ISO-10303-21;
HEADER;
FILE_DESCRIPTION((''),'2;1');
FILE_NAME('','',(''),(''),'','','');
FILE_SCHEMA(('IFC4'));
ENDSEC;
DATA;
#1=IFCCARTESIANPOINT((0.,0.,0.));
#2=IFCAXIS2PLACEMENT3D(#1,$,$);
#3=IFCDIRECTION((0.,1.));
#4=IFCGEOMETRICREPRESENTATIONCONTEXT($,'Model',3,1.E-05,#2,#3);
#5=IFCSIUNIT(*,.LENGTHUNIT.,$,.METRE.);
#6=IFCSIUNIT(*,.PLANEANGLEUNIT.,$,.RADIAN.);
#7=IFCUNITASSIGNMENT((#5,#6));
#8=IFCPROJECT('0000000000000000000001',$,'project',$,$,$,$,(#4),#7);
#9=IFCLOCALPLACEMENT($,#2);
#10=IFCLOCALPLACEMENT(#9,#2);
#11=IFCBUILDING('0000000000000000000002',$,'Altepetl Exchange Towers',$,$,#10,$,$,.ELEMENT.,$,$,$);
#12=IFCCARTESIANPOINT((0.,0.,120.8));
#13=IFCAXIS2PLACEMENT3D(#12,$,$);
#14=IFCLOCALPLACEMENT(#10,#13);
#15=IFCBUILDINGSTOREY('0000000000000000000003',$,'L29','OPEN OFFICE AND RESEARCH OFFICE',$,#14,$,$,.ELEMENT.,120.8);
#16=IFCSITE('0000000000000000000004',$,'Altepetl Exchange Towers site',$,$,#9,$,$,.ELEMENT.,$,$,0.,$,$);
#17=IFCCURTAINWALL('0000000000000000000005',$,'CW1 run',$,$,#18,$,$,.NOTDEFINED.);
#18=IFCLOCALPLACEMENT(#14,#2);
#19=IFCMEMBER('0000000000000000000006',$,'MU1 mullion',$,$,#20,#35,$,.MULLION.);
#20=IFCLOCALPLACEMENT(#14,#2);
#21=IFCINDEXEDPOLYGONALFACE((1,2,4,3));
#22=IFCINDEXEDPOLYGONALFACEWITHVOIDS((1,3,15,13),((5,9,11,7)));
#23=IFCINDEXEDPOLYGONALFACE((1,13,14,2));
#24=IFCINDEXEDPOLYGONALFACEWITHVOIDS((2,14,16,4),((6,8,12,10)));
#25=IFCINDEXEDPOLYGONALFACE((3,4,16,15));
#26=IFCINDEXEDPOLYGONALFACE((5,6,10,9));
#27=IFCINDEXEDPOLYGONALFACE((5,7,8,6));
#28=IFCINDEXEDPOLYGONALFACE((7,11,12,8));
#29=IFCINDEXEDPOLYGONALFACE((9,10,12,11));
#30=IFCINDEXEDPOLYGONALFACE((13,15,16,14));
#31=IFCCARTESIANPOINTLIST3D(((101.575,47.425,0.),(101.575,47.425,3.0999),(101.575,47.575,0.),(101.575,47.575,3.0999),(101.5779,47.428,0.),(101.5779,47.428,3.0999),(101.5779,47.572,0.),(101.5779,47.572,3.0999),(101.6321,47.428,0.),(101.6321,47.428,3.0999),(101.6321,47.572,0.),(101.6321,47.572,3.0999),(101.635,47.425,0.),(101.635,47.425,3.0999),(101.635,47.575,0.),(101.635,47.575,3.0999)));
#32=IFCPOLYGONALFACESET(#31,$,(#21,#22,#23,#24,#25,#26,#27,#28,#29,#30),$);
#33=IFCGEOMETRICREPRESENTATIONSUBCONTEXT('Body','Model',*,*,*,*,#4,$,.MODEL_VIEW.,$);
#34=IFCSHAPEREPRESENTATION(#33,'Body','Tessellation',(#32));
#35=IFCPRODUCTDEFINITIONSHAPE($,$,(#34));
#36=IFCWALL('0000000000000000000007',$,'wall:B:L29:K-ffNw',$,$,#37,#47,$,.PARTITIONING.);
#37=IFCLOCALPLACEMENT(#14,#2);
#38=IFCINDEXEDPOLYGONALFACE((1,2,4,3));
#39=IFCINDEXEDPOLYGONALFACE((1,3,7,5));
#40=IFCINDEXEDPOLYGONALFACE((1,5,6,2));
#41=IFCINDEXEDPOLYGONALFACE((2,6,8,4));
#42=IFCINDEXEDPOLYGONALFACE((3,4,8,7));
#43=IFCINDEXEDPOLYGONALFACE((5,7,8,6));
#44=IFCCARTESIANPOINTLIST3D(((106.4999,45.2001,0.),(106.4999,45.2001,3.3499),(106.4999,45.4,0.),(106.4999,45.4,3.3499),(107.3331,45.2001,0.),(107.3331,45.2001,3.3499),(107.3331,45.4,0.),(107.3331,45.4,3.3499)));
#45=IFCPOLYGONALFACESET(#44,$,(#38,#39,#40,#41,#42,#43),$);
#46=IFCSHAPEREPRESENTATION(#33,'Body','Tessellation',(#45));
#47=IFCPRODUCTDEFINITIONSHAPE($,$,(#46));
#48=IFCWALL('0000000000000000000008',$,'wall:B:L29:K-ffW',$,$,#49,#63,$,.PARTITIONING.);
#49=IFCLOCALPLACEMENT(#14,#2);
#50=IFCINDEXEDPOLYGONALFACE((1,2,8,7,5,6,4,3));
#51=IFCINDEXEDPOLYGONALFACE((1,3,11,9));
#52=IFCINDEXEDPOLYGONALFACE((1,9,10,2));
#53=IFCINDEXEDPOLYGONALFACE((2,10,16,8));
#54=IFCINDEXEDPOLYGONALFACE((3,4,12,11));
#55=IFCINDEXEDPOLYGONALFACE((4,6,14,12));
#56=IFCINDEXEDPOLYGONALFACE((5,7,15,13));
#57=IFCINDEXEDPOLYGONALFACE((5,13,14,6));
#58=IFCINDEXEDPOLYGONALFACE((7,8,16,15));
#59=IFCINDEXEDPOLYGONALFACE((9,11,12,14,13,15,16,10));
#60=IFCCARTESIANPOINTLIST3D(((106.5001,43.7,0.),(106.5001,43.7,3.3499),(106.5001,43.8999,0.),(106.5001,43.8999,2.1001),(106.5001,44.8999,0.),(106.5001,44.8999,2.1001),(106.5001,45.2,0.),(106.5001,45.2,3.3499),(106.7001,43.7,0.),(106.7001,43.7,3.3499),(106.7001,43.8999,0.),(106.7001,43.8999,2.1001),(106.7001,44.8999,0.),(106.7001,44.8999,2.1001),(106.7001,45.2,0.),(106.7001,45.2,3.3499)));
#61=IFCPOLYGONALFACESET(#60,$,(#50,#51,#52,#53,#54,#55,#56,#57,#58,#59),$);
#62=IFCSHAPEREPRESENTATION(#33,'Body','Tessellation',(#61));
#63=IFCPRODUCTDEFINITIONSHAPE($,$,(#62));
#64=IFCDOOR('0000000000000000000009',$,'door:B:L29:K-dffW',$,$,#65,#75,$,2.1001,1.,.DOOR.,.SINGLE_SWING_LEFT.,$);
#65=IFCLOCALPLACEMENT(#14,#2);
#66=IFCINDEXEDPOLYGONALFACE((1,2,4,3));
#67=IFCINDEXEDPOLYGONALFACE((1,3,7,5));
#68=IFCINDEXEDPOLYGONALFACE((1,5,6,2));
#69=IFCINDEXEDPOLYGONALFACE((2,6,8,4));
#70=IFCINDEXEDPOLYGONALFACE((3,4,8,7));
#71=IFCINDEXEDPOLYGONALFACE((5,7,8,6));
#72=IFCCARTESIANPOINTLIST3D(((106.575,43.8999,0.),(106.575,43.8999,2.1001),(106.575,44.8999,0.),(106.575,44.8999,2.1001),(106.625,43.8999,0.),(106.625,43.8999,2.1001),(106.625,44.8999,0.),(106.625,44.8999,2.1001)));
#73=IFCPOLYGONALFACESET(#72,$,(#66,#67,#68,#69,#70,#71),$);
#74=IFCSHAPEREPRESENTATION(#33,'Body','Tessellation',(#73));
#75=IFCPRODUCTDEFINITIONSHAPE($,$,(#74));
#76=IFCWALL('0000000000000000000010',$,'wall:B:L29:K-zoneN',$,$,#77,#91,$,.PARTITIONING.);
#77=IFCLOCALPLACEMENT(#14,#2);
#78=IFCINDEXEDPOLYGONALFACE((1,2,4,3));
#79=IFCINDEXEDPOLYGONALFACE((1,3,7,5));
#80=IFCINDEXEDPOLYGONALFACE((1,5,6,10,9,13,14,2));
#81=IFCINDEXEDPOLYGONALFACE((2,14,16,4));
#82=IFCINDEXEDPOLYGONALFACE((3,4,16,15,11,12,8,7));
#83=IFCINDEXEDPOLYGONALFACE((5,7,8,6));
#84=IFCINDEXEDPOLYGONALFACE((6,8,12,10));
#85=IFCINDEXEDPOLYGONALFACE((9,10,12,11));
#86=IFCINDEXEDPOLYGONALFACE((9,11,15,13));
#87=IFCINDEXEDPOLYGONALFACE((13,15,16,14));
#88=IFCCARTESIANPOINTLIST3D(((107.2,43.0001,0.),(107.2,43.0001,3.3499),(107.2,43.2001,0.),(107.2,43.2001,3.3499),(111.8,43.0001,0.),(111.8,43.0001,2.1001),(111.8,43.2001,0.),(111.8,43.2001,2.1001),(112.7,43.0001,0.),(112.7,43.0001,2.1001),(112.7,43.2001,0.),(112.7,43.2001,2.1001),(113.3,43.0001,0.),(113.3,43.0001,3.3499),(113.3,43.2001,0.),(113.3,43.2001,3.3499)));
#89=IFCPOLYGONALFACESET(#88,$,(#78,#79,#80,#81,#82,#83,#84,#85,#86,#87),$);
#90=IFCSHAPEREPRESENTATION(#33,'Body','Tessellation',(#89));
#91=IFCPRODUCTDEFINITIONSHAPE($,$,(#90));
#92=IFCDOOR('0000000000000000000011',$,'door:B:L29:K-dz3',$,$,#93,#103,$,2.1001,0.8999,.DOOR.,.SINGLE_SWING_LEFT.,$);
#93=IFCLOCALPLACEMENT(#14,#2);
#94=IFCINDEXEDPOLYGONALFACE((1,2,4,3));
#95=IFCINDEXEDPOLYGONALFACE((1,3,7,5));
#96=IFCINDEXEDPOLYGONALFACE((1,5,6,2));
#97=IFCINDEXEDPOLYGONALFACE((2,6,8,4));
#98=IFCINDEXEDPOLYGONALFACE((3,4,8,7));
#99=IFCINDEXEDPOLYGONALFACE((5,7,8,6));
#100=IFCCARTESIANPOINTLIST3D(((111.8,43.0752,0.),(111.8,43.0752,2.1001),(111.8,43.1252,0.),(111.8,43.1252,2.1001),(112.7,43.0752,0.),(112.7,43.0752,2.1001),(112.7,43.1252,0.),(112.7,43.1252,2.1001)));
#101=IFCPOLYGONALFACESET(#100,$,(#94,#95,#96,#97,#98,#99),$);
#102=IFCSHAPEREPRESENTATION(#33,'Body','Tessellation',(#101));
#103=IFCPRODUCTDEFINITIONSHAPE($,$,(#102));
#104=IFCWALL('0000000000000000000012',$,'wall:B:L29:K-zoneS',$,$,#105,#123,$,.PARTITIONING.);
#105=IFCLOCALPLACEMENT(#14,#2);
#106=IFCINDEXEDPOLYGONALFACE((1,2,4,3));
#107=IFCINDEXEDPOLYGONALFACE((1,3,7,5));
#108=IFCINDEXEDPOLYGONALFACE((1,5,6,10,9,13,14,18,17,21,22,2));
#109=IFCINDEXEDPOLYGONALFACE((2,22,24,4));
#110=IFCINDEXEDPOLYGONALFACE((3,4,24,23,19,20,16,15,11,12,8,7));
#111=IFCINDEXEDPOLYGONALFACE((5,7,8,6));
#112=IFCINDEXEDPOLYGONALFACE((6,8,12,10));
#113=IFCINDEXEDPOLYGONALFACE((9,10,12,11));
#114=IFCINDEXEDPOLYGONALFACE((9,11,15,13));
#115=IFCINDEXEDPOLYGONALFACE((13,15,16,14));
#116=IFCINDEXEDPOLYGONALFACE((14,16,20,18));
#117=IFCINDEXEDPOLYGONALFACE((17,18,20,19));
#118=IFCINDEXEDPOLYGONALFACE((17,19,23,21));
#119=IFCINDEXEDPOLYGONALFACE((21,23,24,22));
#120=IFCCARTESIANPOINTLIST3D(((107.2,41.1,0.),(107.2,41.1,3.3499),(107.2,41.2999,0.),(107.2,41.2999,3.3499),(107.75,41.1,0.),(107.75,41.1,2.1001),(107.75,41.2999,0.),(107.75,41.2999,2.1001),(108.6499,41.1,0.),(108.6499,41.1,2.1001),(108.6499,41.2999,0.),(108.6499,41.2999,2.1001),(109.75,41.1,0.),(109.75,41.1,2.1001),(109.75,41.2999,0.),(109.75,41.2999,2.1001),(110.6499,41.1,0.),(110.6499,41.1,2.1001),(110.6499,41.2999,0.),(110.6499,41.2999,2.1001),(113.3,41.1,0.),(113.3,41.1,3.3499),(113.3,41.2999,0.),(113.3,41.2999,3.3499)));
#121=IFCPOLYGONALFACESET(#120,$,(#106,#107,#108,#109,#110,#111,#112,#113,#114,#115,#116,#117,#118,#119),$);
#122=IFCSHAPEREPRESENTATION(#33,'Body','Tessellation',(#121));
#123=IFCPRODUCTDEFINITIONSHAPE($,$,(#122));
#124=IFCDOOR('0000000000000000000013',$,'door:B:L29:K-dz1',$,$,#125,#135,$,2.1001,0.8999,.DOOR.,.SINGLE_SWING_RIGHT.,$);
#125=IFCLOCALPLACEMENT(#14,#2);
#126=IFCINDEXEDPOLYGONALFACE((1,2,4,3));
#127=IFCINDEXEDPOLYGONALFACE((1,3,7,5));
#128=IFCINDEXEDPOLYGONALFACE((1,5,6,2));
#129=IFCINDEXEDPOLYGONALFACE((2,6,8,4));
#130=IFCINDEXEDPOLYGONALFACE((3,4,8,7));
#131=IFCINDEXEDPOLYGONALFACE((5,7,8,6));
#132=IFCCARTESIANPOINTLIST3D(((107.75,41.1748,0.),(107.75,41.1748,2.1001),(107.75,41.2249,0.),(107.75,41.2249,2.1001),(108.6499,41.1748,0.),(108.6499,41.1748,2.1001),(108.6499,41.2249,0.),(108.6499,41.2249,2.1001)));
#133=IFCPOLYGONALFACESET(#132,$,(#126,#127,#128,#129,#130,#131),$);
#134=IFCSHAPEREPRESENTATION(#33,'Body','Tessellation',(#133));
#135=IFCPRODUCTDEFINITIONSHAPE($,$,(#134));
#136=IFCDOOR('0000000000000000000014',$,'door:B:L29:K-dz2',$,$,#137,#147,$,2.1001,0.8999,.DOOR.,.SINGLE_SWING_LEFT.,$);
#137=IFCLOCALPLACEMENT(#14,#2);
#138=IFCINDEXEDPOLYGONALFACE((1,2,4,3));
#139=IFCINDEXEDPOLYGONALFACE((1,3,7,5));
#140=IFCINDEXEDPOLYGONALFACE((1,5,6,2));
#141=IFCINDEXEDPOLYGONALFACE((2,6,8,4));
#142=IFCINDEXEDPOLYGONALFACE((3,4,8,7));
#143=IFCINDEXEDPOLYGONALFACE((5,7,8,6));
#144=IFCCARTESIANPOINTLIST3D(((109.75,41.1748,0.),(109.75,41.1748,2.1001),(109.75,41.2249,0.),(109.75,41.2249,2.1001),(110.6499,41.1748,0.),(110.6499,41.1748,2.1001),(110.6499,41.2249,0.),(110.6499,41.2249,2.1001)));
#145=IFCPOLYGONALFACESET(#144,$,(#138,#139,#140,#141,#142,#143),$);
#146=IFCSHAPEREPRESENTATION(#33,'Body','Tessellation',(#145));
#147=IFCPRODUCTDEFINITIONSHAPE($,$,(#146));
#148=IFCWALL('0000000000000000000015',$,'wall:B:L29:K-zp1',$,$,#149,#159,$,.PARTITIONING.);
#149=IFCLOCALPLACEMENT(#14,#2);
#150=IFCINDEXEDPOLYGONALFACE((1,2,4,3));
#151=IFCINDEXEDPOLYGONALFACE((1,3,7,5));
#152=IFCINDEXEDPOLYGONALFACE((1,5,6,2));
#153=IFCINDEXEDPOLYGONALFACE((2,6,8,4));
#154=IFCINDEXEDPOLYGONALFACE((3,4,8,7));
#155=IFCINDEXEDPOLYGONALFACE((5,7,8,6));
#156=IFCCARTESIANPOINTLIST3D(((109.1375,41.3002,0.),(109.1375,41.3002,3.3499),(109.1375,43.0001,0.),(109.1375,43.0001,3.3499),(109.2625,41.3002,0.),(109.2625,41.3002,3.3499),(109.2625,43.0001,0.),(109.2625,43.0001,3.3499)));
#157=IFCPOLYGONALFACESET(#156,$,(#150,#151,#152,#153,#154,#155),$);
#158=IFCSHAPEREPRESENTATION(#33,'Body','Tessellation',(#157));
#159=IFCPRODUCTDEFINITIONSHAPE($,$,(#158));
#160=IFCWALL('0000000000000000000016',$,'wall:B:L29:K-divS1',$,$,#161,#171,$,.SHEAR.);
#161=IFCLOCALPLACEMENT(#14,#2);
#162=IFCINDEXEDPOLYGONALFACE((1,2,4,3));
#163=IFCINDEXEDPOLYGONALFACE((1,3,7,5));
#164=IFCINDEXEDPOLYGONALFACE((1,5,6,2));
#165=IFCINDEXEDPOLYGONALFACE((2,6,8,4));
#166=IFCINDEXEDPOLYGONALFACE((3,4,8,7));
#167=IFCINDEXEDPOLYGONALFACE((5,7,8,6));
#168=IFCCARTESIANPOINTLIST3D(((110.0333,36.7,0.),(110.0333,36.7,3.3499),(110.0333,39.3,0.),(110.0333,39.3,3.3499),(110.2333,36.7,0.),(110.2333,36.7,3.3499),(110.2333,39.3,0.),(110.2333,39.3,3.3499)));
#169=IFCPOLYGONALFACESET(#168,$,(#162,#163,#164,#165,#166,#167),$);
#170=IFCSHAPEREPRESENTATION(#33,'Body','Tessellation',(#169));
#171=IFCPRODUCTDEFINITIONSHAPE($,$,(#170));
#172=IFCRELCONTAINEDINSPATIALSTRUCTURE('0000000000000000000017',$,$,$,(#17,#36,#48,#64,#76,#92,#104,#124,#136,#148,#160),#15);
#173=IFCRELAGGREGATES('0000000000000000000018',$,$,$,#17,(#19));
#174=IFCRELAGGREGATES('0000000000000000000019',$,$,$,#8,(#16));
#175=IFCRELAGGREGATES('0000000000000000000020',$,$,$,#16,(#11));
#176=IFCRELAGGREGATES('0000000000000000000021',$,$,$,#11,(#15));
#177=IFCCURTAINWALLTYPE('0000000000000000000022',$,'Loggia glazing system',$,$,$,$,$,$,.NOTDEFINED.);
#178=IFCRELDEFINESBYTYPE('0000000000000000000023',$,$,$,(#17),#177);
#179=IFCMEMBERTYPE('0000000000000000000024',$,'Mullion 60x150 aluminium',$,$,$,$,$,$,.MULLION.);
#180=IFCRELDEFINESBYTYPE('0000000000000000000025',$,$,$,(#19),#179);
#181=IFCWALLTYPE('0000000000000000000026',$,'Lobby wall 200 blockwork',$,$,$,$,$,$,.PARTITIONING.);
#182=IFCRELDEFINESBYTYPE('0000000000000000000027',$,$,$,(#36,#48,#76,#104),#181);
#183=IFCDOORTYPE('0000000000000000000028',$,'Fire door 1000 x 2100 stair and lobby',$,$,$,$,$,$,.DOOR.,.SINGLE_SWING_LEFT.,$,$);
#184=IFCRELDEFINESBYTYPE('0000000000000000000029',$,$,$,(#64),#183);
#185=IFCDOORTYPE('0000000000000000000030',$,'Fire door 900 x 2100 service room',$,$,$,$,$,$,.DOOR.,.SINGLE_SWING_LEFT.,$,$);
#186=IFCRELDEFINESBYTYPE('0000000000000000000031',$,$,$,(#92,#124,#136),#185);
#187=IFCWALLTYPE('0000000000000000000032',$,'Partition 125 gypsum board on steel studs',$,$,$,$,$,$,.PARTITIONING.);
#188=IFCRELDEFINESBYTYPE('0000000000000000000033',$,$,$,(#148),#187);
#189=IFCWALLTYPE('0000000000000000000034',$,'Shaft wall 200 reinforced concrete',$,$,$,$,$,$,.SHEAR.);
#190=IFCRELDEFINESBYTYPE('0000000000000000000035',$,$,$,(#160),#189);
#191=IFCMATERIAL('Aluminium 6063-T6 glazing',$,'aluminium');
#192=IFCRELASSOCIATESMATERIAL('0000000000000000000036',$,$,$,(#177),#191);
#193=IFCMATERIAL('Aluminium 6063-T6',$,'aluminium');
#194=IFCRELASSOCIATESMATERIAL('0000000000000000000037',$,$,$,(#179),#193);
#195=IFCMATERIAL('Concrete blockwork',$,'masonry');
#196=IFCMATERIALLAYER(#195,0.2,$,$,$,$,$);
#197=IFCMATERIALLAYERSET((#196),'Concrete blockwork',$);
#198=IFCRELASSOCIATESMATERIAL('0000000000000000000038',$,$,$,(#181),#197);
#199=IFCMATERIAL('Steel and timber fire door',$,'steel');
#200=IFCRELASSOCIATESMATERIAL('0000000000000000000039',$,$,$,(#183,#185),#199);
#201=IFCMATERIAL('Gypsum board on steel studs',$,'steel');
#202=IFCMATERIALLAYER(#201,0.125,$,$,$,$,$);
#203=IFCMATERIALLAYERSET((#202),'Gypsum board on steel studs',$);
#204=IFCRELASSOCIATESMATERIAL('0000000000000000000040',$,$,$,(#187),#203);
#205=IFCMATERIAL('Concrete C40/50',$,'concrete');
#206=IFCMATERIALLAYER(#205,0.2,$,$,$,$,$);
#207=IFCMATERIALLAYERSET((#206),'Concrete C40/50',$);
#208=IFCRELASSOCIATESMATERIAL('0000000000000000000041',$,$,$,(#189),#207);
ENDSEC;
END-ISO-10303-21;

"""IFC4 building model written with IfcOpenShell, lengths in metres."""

from ifc_helpers import new_model, si_unit, direction, frame, frame_2d, origin, origin_2d, place, context, subcontext, project, spatial, rectangle, hollow_rectangle, extrude, material, layer, layer_set, material_profile, profile_set, type_object, element, fill, aggregate, save


model = new_model("IFC4")

# Units and contexts
model_context = context("Model", 3, precision=1e-05, world=origin(), true_north=direction((0.0, 1.0)))
body_context = subcontext(model_context, "Body", "Model", "MODEL_VIEW")
ifc_project = project(units=[si_unit("LENGTHUNIT", "METRE"), si_unit("PLANEANGLEUNIT", "RADIAN")], contexts=[model_context])

# Site, building, storey
site_placement = place(None, origin())
site = spatial("IfcSite", under=ifc_project, at=site_placement, Name="Altepetl Exchange Towers site", CompositionType="ELEMENT", RefElevation=0.0)
building_placement = place(site_placement, origin())
building = spatial("IfcBuilding", under=site, at=building_placement, Name="Altepetl Exchange Towers", CompositionType="ELEMENT")
storey_placement = place(building_placement, frame((0.0, 0.0, 120.8)))
storey = spatial("IfcBuildingStorey", under=building, at=storey_placement, Name="L29", Description="OPEN OFFICE AND RESEARCH OFFICE", CompositionType="ELEMENT", Elevation=120.8)

# Curtain wall, member
ifc_material_1 = material(Name="Aluminium 6063-T6 glazing", Category="aluminium")
curtain_wall_type = type_object("IfcCurtainWallType", Name="Loggia glazing system", PredefinedType="NOTDEFINED", material=ifc_material_1)
curtain_wall_placement = place(storey_placement, origin())
curtain_wall = element("IfcCurtainWall", 1, at=curtain_wall_placement, inside=storey, type_object=curtain_wall_type, Name="CW1 run", PredefinedType="NOTDEFINED")
ifc_material_2 = material(Name="Aluminium 6063-T6", Category="aluminium")
ifc_material_profile = material_profile(ifc_material_2, hollow_rectangle(XDim=0.0601, YDim=0.1499, WallThickness=0.0029, at=origin_2d()), Name="Mullion 60x150 aluminium")
ifc_profile_set = profile_set([ifc_material_profile], Name="Aluminium 6063-T6")
member_type = type_object("IfcMemberType", Name="Mullion 60x150 aluminium", PredefinedType="MULLION", material=ifc_profile_set)
member_placement = place(storey_placement, frame((101.605, 47.5, 0.0), z_axis=(0.0, 0.0, 1.0), x_axis=(-1.0, 0.0, 0.0)))
member = element("IfcMember", 2, at=member_placement, type_object=member_type, Name="MU1 mullion", PredefinedType="MULLION", context=body_context, shape_type="SweptSolid", body=[
    extrude(hollow_rectangle(XDim=0.0601, YDim=0.1499, WallThickness=0.0029, at=origin_2d()), origin(), (0.0, 0.0, 1.0), 3.0999),
])
aggregate(curtain_wall, [member])

# Wall
ifc_material_3 = material(Name="Concrete blockwork", Category="masonry")
ifc_layer_1 = layer(ifc_material_3, 0.2)
ifc_layer_set_1 = layer_set([ifc_layer_1], Name="Concrete blockwork")
wall_type_1 = type_object("IfcWallType", Name="Lobby wall 200 blockwork", PredefinedType="PARTITIONING", material=ifc_layer_set_1)
wall_1_placement = place(storey_placement, frame((106.5, 45.3, 0.0)))
element("IfcWall", 3, at=wall_1_placement, inside=storey, type_object=wall_type_1, Name="wall:B:L29:K-ffNw", PredefinedType="PARTITIONING", context=body_context, shape_type="SweptSolid", body=[
    extrude(rectangle(XDim=0.8333, YDim=0.2, at=frame_2d((0.4165, 0.0))), origin(), (0.0, 0.0, 1.0), 3.3499),
])

# Walls, openings, doors
wall_2_placement = place(storey_placement, frame((106.6001, 43.7, 0.0), z_axis=(0.0, 0.0, 1.0), x_axis=(0.0, 1.0, 0.0)))
wall_2 = element("IfcWall", 4, at=wall_2_placement, inside=storey, type_object=wall_type_1, Name="wall:B:L29:K-ffW", PredefinedType="PARTITIONING", context=body_context, shape_type="SweptSolid", body=[
    extrude(rectangle(XDim=1.5, YDim=0.2, at=frame_2d((0.75, 0.0))), origin(), (0.0, 0.0, 1.0), 3.3499),
])
opening_1_placement = place(wall_2_placement, frame((0.2, 0.0, 0.0)))
opening_1 = element("IfcOpeningElement", 5, at=opening_1_placement, cuts=wall_2, PredefinedType="OPENING", context=body_context, shape_type="SweptSolid", body=[
    extrude(rectangle(XDim=1.0, YDim=2.1001, at=frame_2d((0.5, 1.05))), frame((0.0, 0.1099, 0.0), z_axis=(0.0, -1.0, 0.0), x_axis=(1.0, 0.0, 0.0)), (0.0, 0.0, 1.0), 0.22),
])
ifc_material_4 = material(Name="Steel and timber fire door", Category="steel")
door_type_1 = type_object("IfcDoorType", Name="Fire door 1000 x 2100 stair and lobby", OperationType="SINGLE_SWING_LEFT", PredefinedType="DOOR", material=ifc_material_4)
door_1_placement = place(opening_1_placement, frame((1.0, 0.0, 0.0), x_axis=(-1.0, 0.0, 0.0)))
door_1 = element("IfcDoor", 6, at=door_1_placement, inside=storey, type_object=door_type_1, Name="door:B:L29:K-dffW", OperationType="SINGLE_SWING_LEFT", OverallHeight=2.1001, OverallWidth=1.0, PredefinedType="DOOR", context=body_context, shape_type="SweptSolid", body=[
    extrude(rectangle(XDim=1.0, YDim=2.1001, at=frame_2d((0.5, 1.05))), frame((0.0, 0.0249, 0.0), z_axis=(0.0, -1.0, 0.0), x_axis=(1.0, 0.0, 0.0)), (0.0, 0.0, 1.0), 0.05),
])
fill(opening_1, door_1)
wall_3_placement = place(storey_placement, frame((107.2, 43.1001, 0.0)))
wall_3 = element("IfcWall", 7, at=wall_3_placement, inside=storey, type_object=wall_type_1, Name="wall:B:L29:K-zoneN", PredefinedType="PARTITIONING", context=body_context, shape_type="SweptSolid", body=[
    extrude(rectangle(XDim=6.1001, YDim=0.2, at=frame_2d((3.05, 0.0))), origin(), (0.0, 0.0, 1.0), 3.3499),
])
opening_2_placement = place(wall_3_placement, frame((4.6001, 0.0, 0.0)))
opening_2 = element("IfcOpeningElement", 8, at=opening_2_placement, cuts=wall_3, PredefinedType="OPENING", context=body_context, shape_type="SweptSolid", body=[
    extrude(rectangle(XDim=0.8999, YDim=2.1001, at=frame_2d((0.45, 1.05))), frame((0.0, 0.1099, 0.0), z_axis=(0.0, -1.0, 0.0), x_axis=(1.0, 0.0, 0.0)), (0.0, 0.0, 1.0), 0.22),
])
door_type_2 = type_object("IfcDoorType", Name="Fire door 900 x 2100 service room", OperationType="SINGLE_SWING_LEFT", PredefinedType="DOOR", material=ifc_material_4)
door_2_placement = place(opening_2_placement, frame((0.8999, 0.0, 0.0), x_axis=(-1.0, 0.0, 0.0)))
door_2 = element("IfcDoor", 9, at=door_2_placement, inside=storey, type_object=door_type_2, Name="door:B:L29:K-dz3", OperationType="SINGLE_SWING_LEFT", OverallHeight=2.1001, OverallWidth=0.8999, PredefinedType="DOOR", context=body_context, shape_type="SweptSolid", body=[
    extrude(rectangle(XDim=0.8999, YDim=2.1001, at=frame_2d((0.45, 1.05))), frame((0.0, 0.0249, 0.0), z_axis=(0.0, -1.0, 0.0), x_axis=(1.0, 0.0, 0.0)), (0.0, 0.0, 1.0), 0.05),
])
fill(opening_2, door_2)

# Wall, openings, doors
wall_4_placement = place(storey_placement, frame((107.2, 41.2, 0.0)))
wall_4 = element("IfcWall", 10, at=wall_4_placement, inside=storey, type_object=wall_type_1, Name="wall:B:L29:K-zoneS", PredefinedType="PARTITIONING", context=body_context, shape_type="SweptSolid", body=[
    extrude(rectangle(XDim=6.1001, YDim=0.2, at=frame_2d((3.05, 0.0))), origin(), (0.0, 0.0, 1.0), 3.3499),
])
opening_3_placement = place(wall_4_placement, frame((0.55, 0.0, 0.0)))
opening_3 = element("IfcOpeningElement", 11, at=opening_3_placement, cuts=wall_4, PredefinedType="OPENING", context=body_context, shape_type="SweptSolid", body=[
    extrude(rectangle(XDim=0.8999, YDim=2.1001, at=frame_2d((0.45, 1.05))), frame((0.0, 0.1099, 0.0), z_axis=(0.0, -1.0, 0.0), x_axis=(1.0, 0.0, 0.0)), (0.0, 0.0, 1.0), 0.22),
])
opening_4_placement = place(wall_4_placement, frame((2.55, 0.0, 0.0)))
opening_4 = element("IfcOpeningElement", 12, at=opening_4_placement, cuts=wall_4, PredefinedType="OPENING", context=body_context, shape_type="SweptSolid", body=[
    extrude(rectangle(XDim=0.8999, YDim=2.1001, at=frame_2d((0.45, 1.05))), frame((0.0, 0.1099, 0.0), z_axis=(0.0, -1.0, 0.0), x_axis=(1.0, 0.0, 0.0)), (0.0, 0.0, 1.0), 0.22),
])
door_3_placement = place(opening_3_placement, origin())
door_3 = element("IfcDoor", 13, at=door_3_placement, inside=storey, type_object=door_type_2, Name="door:B:L29:K-dz1", OperationType="SINGLE_SWING_RIGHT", OverallHeight=2.1001, OverallWidth=0.8999, PredefinedType="DOOR", context=body_context, shape_type="SweptSolid", body=[
    extrude(rectangle(XDim=0.8999, YDim=2.1001, at=frame_2d((0.45, 1.05))), frame((0.0, 0.0249, 0.0), z_axis=(0.0, -1.0, 0.0), x_axis=(1.0, 0.0, 0.0)), (0.0, 0.0, 1.0), 0.05),
])
fill(opening_3, door_3)
door_4_placement = place(opening_4_placement, origin())
door_4 = element("IfcDoor", 14, at=door_4_placement, inside=storey, type_object=door_type_2, Name="door:B:L29:K-dz2", OperationType="SINGLE_SWING_LEFT", OverallHeight=2.1001, OverallWidth=0.8999, PredefinedType="DOOR", context=body_context, shape_type="SweptSolid", body=[
    extrude(rectangle(XDim=0.8999, YDim=2.1001, at=frame_2d((0.45, 1.05))), frame((0.0, 0.0249, 0.0), z_axis=(0.0, -1.0, 0.0), x_axis=(1.0, 0.0, 0.0)), (0.0, 0.0, 1.0), 0.05),
])
fill(opening_4, door_4)

# Walls
ifc_material_5 = material(Name="Gypsum board on steel studs", Category="steel")
ifc_layer_2 = layer(ifc_material_5, 0.125)
ifc_layer_set_2 = layer_set([ifc_layer_2], Name="Gypsum board on steel studs")
wall_type_2 = type_object("IfcWallType", Name="Partition 125 gypsum board on steel studs", PredefinedType="PARTITIONING", material=ifc_layer_set_2)
wall_5_placement = place(storey_placement, frame((109.2, 41.3, 0.0), z_axis=(0.0, 0.0, 1.0), x_axis=(0.0, 1.0, 0.0)))
element("IfcWall", 15, at=wall_5_placement, inside=storey, type_object=wall_type_2, Name="wall:B:L29:K-zp1", PredefinedType="PARTITIONING", context=body_context, shape_type="SweptSolid", body=[
    extrude(rectangle(XDim=1.7, YDim=0.125, at=frame_2d((0.8501, 0.0))), origin(), (0.0, 0.0, 1.0), 3.3499),
])
ifc_material_6 = material(Name="Concrete C40/50", Category="concrete")
ifc_layer_3 = layer(ifc_material_6, 0.2)
ifc_layer_set_3 = layer_set([ifc_layer_3], Name="Concrete C40/50")
wall_type_3 = type_object("IfcWallType", Name="Shaft wall 200 reinforced concrete", PredefinedType="SHEAR", material=ifc_layer_set_3)
wall_6_placement = place(storey_placement, frame((110.1333, 36.7, 0.0), z_axis=(0.0, 0.0, 1.0), x_axis=(0.0, 1.0, 0.0)))
element("IfcWall", 16, at=wall_6_placement, inside=storey, type_object=wall_type_3, Name="wall:B:L29:K-divS1", PredefinedType="SHEAR", context=body_context, shape_type="SweptSolid", body=[
    extrude(rectangle(XDim=2.6001, YDim=0.2, at=frame_2d((1.3, 0.0))), origin(), (0.0, 0.0, 1.0), 3.3499),
])

save(model, "model.ifc")
